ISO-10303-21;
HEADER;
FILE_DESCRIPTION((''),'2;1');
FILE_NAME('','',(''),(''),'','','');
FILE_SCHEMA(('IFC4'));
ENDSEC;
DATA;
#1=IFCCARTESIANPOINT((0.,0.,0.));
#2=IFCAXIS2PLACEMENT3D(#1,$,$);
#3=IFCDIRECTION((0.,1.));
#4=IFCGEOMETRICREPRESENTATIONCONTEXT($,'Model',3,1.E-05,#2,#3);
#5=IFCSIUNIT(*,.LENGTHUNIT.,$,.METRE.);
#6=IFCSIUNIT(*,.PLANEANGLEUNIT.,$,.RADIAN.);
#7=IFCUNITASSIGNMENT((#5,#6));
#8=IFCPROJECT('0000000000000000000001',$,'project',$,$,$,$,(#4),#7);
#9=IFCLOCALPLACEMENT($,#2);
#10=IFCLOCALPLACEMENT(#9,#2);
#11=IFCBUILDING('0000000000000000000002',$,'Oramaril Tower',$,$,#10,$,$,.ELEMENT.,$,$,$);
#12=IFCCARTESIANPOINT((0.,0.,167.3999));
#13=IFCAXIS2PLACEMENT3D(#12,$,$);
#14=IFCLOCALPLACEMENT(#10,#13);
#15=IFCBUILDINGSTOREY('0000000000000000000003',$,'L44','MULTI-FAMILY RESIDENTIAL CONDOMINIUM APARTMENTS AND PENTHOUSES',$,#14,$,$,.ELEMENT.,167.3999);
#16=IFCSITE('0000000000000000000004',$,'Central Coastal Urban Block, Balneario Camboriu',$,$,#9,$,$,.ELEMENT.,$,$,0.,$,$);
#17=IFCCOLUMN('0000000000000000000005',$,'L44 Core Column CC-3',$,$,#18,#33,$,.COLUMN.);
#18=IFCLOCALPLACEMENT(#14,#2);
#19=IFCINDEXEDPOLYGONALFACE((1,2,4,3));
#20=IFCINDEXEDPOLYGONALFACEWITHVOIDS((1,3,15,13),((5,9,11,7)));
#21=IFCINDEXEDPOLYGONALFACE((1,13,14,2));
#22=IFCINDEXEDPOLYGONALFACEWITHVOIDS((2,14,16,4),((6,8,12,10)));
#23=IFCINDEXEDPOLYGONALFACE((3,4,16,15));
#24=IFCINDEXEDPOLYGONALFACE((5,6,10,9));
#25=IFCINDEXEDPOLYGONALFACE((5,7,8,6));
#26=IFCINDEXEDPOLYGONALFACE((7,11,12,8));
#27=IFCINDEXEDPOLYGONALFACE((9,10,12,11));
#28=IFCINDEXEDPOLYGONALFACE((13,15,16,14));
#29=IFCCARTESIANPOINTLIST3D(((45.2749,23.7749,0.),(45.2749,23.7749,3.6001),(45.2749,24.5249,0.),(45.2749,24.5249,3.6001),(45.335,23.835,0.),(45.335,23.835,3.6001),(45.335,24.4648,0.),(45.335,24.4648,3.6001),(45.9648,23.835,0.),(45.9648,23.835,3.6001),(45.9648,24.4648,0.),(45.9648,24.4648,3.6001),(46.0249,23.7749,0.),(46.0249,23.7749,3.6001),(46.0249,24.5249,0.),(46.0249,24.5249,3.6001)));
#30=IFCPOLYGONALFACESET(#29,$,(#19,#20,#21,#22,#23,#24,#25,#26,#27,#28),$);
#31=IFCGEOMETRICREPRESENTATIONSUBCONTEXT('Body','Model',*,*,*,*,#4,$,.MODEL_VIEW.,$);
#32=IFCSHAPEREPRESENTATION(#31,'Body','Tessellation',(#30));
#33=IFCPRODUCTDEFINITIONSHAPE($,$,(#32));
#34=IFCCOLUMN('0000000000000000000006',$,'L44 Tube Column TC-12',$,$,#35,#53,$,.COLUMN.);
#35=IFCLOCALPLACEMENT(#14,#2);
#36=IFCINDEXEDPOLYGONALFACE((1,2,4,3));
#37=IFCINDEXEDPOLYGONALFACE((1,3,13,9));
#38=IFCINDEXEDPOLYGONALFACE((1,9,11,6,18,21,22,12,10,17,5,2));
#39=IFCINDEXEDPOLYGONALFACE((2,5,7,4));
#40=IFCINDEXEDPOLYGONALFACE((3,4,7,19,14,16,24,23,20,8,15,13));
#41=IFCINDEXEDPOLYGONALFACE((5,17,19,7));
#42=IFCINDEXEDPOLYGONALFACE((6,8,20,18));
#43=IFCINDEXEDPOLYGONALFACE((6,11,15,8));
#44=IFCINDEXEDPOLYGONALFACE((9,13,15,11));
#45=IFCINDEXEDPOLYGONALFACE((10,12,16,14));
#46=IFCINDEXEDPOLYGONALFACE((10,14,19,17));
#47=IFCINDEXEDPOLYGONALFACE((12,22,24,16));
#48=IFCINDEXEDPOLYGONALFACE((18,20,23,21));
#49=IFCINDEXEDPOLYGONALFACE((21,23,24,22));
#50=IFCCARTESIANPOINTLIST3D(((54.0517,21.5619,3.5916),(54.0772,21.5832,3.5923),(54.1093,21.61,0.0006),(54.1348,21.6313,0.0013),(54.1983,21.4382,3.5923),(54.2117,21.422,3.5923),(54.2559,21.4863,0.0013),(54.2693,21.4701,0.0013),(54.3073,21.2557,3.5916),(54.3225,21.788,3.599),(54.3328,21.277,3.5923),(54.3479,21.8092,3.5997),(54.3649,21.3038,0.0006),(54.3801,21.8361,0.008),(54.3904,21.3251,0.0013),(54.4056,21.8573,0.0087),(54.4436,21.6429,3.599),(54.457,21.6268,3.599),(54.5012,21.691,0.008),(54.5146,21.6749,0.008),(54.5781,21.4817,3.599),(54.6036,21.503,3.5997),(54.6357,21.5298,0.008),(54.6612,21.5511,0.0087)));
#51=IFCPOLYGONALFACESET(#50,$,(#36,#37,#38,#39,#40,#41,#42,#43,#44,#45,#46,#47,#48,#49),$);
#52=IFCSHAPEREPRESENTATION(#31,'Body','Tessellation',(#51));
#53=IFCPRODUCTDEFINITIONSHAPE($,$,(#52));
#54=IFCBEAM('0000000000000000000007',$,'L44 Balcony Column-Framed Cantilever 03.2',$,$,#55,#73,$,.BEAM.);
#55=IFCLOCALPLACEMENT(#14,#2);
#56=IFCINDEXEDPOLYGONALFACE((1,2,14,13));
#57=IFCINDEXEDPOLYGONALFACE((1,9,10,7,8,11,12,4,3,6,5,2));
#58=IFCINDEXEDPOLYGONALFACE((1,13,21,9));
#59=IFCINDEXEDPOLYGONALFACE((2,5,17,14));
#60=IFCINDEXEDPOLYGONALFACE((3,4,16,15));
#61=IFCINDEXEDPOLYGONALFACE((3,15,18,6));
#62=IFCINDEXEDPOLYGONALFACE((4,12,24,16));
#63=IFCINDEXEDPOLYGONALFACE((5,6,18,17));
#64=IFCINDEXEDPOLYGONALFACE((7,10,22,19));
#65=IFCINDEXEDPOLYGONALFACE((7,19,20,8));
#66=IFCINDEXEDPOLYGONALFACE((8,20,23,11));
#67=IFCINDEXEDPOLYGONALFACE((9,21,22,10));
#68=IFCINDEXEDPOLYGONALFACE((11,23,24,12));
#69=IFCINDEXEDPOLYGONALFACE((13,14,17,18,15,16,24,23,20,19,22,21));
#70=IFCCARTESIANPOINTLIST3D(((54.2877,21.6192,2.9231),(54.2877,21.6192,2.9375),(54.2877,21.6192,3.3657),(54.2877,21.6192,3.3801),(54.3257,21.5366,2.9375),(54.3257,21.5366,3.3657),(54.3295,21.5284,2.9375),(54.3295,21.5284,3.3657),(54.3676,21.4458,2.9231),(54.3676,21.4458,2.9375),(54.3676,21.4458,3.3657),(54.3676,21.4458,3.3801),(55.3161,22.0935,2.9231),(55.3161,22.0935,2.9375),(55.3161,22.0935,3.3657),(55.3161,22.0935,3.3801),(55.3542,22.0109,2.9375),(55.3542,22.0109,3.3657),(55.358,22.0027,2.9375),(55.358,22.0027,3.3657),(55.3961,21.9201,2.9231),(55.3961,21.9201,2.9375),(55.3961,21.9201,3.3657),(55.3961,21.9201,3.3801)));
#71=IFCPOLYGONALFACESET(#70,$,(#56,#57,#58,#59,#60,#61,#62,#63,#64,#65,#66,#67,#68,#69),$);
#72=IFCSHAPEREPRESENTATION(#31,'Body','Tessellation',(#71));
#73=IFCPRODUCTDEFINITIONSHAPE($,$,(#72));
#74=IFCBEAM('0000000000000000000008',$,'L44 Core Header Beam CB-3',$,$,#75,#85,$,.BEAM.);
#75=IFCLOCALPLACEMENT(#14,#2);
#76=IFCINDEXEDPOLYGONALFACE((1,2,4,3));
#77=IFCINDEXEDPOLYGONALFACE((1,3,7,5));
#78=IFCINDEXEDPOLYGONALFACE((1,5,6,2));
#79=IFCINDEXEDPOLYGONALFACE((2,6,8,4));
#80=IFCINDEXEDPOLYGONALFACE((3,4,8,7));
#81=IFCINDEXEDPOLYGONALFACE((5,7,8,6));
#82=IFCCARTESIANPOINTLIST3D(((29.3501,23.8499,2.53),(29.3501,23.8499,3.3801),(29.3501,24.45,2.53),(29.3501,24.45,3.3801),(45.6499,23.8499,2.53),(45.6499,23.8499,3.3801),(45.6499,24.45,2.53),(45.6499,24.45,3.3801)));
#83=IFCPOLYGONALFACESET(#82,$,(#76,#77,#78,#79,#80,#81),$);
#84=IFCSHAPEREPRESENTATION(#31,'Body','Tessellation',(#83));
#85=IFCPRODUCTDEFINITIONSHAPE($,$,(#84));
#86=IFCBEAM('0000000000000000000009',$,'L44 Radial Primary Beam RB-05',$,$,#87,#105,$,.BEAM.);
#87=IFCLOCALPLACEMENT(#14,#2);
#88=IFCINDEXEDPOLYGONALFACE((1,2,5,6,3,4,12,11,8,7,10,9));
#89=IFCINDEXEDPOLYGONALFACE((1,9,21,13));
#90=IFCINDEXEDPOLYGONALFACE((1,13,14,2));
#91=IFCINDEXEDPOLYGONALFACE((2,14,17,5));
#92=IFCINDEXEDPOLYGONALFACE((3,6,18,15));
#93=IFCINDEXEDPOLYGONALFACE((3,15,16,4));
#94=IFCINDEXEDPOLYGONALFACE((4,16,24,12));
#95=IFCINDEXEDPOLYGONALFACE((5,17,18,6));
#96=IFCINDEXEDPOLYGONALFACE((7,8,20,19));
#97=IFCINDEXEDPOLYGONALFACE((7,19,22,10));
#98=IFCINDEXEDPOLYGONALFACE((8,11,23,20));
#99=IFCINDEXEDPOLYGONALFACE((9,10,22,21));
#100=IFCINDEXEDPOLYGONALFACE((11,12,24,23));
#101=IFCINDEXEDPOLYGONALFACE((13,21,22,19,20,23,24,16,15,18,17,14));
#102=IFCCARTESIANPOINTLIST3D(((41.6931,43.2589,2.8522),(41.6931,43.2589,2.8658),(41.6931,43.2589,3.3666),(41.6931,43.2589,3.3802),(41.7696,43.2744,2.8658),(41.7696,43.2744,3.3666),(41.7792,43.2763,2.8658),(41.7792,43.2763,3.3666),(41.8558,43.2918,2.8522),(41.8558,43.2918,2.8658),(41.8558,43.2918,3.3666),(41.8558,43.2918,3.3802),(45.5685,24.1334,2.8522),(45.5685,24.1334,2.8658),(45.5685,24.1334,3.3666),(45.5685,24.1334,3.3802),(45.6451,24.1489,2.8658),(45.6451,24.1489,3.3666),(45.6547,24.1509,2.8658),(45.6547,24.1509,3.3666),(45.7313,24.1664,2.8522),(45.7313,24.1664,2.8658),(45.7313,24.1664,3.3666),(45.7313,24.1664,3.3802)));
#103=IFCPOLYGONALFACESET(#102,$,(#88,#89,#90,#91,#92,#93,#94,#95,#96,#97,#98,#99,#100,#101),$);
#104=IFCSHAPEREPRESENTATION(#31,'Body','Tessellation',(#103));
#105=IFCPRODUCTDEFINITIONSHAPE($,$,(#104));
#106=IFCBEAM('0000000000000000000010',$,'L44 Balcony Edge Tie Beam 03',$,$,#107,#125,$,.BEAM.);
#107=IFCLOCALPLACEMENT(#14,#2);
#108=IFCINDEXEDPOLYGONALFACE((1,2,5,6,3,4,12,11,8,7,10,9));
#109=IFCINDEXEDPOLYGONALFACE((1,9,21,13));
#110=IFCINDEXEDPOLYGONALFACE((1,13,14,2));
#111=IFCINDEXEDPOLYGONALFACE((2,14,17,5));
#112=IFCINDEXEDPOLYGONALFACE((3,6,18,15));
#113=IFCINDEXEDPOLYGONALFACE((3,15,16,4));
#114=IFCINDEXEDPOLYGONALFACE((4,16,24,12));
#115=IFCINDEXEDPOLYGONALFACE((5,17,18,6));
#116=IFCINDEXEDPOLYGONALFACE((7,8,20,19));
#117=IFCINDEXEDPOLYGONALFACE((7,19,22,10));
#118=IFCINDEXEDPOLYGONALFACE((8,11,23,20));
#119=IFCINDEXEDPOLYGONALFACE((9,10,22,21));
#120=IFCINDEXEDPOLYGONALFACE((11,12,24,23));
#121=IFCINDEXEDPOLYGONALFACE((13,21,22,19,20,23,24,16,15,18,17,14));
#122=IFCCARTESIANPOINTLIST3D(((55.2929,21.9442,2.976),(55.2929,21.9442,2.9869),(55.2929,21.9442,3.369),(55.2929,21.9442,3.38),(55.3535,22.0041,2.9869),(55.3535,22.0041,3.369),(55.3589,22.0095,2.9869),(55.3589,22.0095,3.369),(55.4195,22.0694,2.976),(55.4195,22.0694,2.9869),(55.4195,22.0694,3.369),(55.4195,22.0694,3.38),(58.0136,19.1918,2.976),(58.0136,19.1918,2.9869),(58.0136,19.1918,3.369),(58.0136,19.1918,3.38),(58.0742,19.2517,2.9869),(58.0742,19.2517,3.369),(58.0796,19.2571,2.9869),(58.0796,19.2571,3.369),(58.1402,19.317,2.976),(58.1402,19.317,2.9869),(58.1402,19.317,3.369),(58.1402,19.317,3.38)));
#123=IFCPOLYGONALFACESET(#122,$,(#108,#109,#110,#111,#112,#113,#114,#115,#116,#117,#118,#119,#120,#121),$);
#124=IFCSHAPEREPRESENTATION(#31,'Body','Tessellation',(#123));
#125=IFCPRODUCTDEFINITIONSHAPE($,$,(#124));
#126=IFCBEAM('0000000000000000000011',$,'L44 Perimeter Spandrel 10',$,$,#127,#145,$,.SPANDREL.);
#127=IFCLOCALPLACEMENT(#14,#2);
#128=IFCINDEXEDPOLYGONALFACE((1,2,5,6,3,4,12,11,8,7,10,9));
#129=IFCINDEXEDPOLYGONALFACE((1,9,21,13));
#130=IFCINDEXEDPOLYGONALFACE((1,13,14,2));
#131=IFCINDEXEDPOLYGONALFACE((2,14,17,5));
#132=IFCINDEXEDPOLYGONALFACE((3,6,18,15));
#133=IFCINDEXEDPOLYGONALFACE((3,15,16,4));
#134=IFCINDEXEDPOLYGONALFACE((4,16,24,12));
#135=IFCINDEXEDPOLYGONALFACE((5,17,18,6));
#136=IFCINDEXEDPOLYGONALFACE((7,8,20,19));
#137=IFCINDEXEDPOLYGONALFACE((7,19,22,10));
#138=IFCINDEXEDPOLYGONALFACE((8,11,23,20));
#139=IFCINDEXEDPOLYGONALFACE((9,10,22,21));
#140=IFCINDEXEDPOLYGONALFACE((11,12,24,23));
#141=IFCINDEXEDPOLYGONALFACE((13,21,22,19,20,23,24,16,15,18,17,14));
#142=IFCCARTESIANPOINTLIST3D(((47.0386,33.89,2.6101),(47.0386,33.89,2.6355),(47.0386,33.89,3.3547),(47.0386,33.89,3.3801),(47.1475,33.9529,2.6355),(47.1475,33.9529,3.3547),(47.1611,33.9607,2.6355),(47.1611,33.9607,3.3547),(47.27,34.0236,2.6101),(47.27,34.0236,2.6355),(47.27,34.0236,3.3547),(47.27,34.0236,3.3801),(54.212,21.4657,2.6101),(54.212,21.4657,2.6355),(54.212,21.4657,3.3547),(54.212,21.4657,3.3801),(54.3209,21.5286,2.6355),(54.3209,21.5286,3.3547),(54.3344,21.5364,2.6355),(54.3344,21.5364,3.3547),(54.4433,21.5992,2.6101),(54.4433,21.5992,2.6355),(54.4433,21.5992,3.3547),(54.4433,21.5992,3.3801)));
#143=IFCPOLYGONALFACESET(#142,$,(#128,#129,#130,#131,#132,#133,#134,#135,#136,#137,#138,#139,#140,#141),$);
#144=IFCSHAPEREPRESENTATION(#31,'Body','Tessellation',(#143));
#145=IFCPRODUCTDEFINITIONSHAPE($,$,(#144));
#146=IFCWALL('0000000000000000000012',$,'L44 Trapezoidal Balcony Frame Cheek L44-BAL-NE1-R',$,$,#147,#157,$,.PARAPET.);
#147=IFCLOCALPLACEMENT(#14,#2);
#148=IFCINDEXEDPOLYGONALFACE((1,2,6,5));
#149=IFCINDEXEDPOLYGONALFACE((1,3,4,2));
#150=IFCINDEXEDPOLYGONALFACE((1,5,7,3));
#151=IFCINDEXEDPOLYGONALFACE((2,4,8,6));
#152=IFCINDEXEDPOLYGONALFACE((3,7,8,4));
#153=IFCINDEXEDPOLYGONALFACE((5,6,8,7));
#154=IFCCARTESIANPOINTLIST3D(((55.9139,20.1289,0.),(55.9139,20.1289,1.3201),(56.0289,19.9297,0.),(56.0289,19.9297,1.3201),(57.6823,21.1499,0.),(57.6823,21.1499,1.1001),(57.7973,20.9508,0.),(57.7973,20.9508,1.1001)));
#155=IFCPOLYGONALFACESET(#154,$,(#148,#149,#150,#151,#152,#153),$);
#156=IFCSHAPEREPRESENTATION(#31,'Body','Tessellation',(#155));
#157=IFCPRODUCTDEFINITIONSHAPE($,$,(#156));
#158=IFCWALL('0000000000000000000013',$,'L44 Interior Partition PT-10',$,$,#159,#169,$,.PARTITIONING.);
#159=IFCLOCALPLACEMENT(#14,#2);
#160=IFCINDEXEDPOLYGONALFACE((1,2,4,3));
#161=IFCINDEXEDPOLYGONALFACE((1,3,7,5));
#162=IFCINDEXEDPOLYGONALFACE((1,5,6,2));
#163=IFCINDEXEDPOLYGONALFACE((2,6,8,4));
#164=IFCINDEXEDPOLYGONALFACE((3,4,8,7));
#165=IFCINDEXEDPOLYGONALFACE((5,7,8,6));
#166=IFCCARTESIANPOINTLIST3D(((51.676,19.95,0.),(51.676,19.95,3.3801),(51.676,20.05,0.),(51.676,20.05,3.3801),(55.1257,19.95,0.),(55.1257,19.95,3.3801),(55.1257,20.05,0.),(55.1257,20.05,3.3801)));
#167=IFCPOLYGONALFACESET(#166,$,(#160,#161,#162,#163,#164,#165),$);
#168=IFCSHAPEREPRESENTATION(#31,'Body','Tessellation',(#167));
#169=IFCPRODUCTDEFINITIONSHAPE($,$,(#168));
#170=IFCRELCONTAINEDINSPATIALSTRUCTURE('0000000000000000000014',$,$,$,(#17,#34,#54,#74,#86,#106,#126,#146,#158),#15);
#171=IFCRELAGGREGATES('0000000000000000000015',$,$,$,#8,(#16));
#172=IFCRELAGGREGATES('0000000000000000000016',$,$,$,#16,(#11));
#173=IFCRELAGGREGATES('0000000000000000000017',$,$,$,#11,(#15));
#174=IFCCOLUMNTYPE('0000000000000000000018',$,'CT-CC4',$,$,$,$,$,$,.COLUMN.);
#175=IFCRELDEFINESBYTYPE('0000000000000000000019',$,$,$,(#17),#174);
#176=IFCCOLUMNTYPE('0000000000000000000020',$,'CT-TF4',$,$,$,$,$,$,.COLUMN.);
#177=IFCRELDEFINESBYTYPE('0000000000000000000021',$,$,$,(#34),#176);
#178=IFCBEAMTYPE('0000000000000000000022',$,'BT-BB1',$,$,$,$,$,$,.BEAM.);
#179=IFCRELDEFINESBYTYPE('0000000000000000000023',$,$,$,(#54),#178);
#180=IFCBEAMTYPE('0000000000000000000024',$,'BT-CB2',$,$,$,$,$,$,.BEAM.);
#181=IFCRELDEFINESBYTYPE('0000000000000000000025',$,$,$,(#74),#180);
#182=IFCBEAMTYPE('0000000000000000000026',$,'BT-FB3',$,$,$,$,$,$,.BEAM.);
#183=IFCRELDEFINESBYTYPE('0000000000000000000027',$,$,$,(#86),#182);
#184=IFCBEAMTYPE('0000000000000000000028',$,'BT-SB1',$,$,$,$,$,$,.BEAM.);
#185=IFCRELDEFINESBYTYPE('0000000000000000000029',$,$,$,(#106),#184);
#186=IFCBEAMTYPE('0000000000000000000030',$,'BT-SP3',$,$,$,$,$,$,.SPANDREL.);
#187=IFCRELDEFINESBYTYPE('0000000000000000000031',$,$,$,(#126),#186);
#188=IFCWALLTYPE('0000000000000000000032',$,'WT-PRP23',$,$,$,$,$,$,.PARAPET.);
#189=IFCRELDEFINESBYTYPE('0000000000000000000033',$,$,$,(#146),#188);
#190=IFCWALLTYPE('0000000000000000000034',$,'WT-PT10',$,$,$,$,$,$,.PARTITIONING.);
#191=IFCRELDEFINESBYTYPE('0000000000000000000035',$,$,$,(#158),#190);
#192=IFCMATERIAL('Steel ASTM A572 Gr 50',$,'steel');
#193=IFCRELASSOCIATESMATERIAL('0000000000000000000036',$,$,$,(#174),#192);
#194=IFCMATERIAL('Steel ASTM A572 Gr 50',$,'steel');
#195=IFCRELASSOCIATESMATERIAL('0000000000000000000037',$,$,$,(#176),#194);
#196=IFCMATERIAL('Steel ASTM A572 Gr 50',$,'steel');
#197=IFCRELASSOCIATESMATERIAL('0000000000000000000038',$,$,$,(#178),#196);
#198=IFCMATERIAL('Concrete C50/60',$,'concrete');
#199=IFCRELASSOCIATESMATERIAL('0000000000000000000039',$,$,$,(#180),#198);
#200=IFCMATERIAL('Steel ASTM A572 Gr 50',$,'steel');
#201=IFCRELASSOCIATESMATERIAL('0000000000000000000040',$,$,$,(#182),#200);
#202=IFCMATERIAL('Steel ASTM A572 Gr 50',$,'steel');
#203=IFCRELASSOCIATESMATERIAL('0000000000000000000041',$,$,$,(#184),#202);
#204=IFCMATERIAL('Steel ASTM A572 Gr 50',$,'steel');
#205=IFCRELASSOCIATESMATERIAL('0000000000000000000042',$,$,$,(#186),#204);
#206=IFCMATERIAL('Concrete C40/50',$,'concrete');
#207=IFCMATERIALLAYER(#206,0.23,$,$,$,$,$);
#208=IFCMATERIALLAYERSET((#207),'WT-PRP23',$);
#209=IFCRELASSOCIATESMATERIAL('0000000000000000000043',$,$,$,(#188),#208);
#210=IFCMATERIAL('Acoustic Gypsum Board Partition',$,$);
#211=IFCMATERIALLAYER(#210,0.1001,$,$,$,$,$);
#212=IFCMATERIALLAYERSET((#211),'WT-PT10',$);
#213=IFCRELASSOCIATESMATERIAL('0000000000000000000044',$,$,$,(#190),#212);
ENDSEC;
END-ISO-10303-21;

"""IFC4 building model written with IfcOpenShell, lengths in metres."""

from ifc_helpers import new_model, si_unit, direction, frame, frame_2d, origin, origin_2d, place, context, subcontext, project, spatial, polyline, rectangle, hollow_rectangle, i_section, outline, extrude, material, layer, layer_set, material_profile, profile_set, type_object, element, save


model = new_model("IFC4")

# Units and contexts
model_context = context("Model", 3, precision=1e-05, world=origin(), true_north=direction((0.0, 1.0)))
body_context = subcontext(model_context, "Body", "Model", "MODEL_VIEW")
ifc_project = project(units=[si_unit("LENGTHUNIT", "METRE"), si_unit("PLANEANGLEUNIT", "RADIAN")], contexts=[model_context])

# Site, building, storey
site_placement = place(None, origin())
site = spatial("IfcSite", under=ifc_project, at=site_placement, Name="Central Coastal Urban Block, Balneario Camboriu", CompositionType="ELEMENT", RefElevation=0.0)
building_placement = place(site_placement, origin())
building = spatial("IfcBuilding", under=site, at=building_placement, Name="Oramaril Tower", CompositionType="ELEMENT")
storey_placement = place(building_placement, frame((0.0, 0.0, 167.3999)))
storey = spatial("IfcBuildingStorey", under=building, at=storey_placement, Name="L44", Description="MULTI-FAMILY RESIDENTIAL CONDOMINIUM APARTMENTS AND PENTHOUSES", CompositionType="ELEMENT", Elevation=167.3999)

# Columns
ifc_material_1 = material(Name="Steel ASTM A572 Gr 50", Category="steel")
ifc_material_profile_1 = material_profile(ifc_material_1, hollow_rectangle(XDim=0.75, YDim=0.75, WallThickness=0.0601, at=origin_2d()), Name="BOX750X750X60")
ifc_profile_set_1 = profile_set([ifc_material_profile_1], Name="Steel ASTM A572 Gr 50")
column_type_1 = type_object("IfcColumnType", Name="CT-CC4", PredefinedType="COLUMN", material=ifc_profile_set_1)
column_1_placement = place(storey_placement, frame((45.6499, 24.1499, 0.0), z_axis=(0.0, 0.0, 1.0), x_axis=(1.0, 0.0, 0.0)))
element("IfcColumn", 1, at=column_1_placement, inside=storey, type_object=column_type_1, Name="L44 Core Column CC-3", PredefinedType="COLUMN", context=body_context, shape_type="SweptSolid", body=[
    extrude(hollow_rectangle(XDim=0.75, YDim=0.75, WallThickness=0.0601, at=origin_2d()), origin(), (0.0, 0.0, 1.0), 3.6001),
])
ifc_material_2 = material(Name="Steel ASTM A572 Gr 50", Category="steel")
ifc_material_profile_2 = material_profile(ifc_material_2, i_section(OverallWidth=0.3989, OverallDepth=0.386, WebThickness=0.021, FlangeThickness=0.0332, at=origin_2d()), Name="W14X176")
ifc_profile_set_2 = profile_set([ifc_material_profile_2], Name="Steel ASTM A572 Gr 50")
column_type_2 = type_object("IfcColumnType", Name="CT-TF4", PredefinedType="COLUMN", material=ifc_profile_set_2)
column_2_placement = place(storey_placement, frame((54.3853, 21.5806, 0.0046), z_axis=(-0.016041, -0.01339, 0.999782), x_axis=(0.640824, -0.767688, 0.0)))
element("IfcColumn", 2, at=column_2_placement, inside=storey, type_object=column_type_2, Name="L44 Tube Column TC-12", PredefinedType="COLUMN", context=body_context, shape_type="SweptSolid", body=[
    extrude(i_section(OverallWidth=0.3989, OverallDepth=0.386, WebThickness=0.021, FlangeThickness=0.0332, at=origin_2d()), origin(), (0.0, 0.0, 1.0), 3.5918),
])

# Beams
ifc_material_3 = material(Name="Steel ASTM A572 Gr 50", Category="steel")
ifc_material_profile_3 = material_profile(ifc_material_3, i_section(OverallWidth=0.1909, OverallDepth=0.457, WebThickness=0.009, FlangeThickness=0.0144, at=origin_2d()), Name="W18X50")
ifc_profile_set_3 = profile_set([ifc_material_profile_3], Name="Steel ASTM A572 Gr 50")
beam_type_1 = type_object("IfcBeamType", Name="BT-BB1", PredefinedType="BEAM", material=ifc_profile_set_3)
beam_1_placement = place(storey_placement, frame((54.3276, 21.5325, 3.1516), z_axis=(0.908079, 0.418798, 0.0), x_axis=(-0.418798, 0.908079, 0.0)))
element("IfcBeam", 3, at=beam_1_placement, inside=storey, type_object=beam_type_1, Name="L44 Balcony Column-Framed Cantilever 03.2", PredefinedType="BEAM", context=body_context, shape_type="SweptSolid", body=[
    extrude(i_section(OverallWidth=0.1909, OverallDepth=0.457, WebThickness=0.009, FlangeThickness=0.0144, at=origin_2d()), origin(), (0.0, 0.0, 1.0), 1.1326),
])
ifc_material_4 = material(Name="Concrete C50/60", Category="concrete")
ifc_material_profile_4 = material_profile(ifc_material_4, rectangle(XDim=0.6001, YDim=0.8501, at=origin_2d()), Name="CB600X850")
ifc_profile_set_4 = profile_set([ifc_material_profile_4], Name="Concrete C50/60")
beam_type_2 = type_object("IfcBeamType", Name="BT-CB2", PredefinedType="BEAM", material=ifc_profile_set_4)
beam_2_placement = place(storey_placement, frame((45.6499, 24.1499, 2.9551), z_axis=(-1.0, 0.0, 0.0), x_axis=(0.0, -1.0, 0.0)))
element("IfcBeam", 4, at=beam_2_placement, inside=storey, type_object=beam_type_2, Name="L44 Core Header Beam CB-3", PredefinedType="BEAM", context=body_context, shape_type="SweptSolid", body=[
    extrude(rectangle(XDim=0.6001, YDim=0.8501, at=origin_2d()), origin(), (0.0, 0.0, 1.0), 16.2998),
])
ifc_material_5 = material(Name="Steel ASTM A572 Gr 50", Category="steel")
ifc_material_profile_5 = material_profile(ifc_material_5, i_section(OverallWidth=0.166, OverallDepth=0.5281, WebThickness=0.0098, FlangeThickness=0.0137, at=origin_2d()), Name="W21X50")
ifc_profile_set_5 = profile_set([ifc_material_profile_5], Name="Steel ASTM A572 Gr 50")
beam_type_3 = type_object("IfcBeamType", Name="BT-FB3", PredefinedType="BEAM", material=ifc_profile_set_5)
beam_3_placement = place(storey_placement, frame((45.6499, 24.1499, 3.1162), z_axis=(-0.198598, 0.980081, 0.0), x_axis=(-0.980081, -0.198598, 0.0)))
element("IfcBeam", 5, at=beam_3_placement, inside=storey, type_object=beam_type_3, Name="L44 Radial Primary Beam RB-05", PredefinedType="BEAM", context=body_context, shape_type="SweptSolid", body=[
    extrude(i_section(OverallWidth=0.166, OverallDepth=0.5281, WebThickness=0.0098, FlangeThickness=0.0137, at=origin_2d()), origin(), (0.0, 0.0, 1.0), 19.5142),
])
ifc_material_6 = material(Name="Steel ASTM A572 Gr 50", Category="steel")
ifc_material_profile_6 = material_profile(ifc_material_6, i_section(OverallWidth=0.178, OverallDepth=0.4041, WebThickness=0.0076, FlangeThickness=0.011, at=origin_2d()), Name="W16X36")
ifc_profile_set_6 = profile_set([ifc_material_profile_6], Name="Steel ASTM A572 Gr 50")
beam_type_4 = type_object("IfcBeamType", Name="BT-SB1", PredefinedType="BEAM", material=ifc_profile_set_6)
beam_4_placement = place(storey_placement, frame((58.0769, 19.2544, 3.178), z_axis=(-0.702995, 0.711195, 0.0), x_axis=(-0.711195, -0.702995, 0.0)))
element("IfcBeam", 6, at=beam_4_placement, inside=storey, type_object=beam_type_4, Name="L44 Balcony Edge Tie Beam 03", PredefinedType="BEAM", context=body_context, shape_type="SweptSolid", body=[
    extrude(i_section(OverallWidth=0.178, OverallDepth=0.4041, WebThickness=0.0076, FlangeThickness=0.011, at=origin_2d()), origin(), (0.0, 0.0, 1.0), 3.8701),
])
ifc_material_7 = material(Name="Steel ASTM A572 Gr 50", Category="steel")
ifc_material_profile_7 = material_profile(ifc_material_7, i_section(OverallWidth=0.2671, OverallDepth=0.77, WebThickness=0.0156, FlangeThickness=0.0254, at=origin_2d()), Name="W30X132")
ifc_profile_set_7 = profile_set([ifc_material_profile_7], Name="Steel ASTM A572 Gr 50")
beam_type_5 = type_object("IfcBeamType", Name="BT-SP3", PredefinedType="SPANDREL", material=ifc_profile_set_7)
beam_5_placement = place(storey_placement, frame((54.3276, 21.5325, 2.9951), z_axis=(-0.500008, 0.866021, 0.0), x_axis=(-0.866021, -0.500008, 0.0)))
element("IfcBeam", 7, at=beam_5_placement, inside=storey, type_object=beam_type_5, Name="L44 Perimeter Spandrel 10", PredefinedType="SPANDREL", context=body_context, shape_type="SweptSolid", body=[
    extrude(i_section(OverallWidth=0.2671, OverallDepth=0.77, WebThickness=0.0156, FlangeThickness=0.0254, at=origin_2d()), origin(), (0.0, 0.0, 1.0), 14.3464),
])

# Walls
ifc_material_8 = material(Name="Concrete C40/50", Category="concrete")
ifc_layer_1 = layer(ifc_material_8, 0.23)
ifc_layer_set_1 = layer_set([ifc_layer_1], Name="WT-PRP23")
wall_type_1 = type_object("IfcWallType", Name="WT-PRP23", PredefinedType="PARAPET", material=ifc_layer_set_1)
wall_1_placement = place(storey_placement, frame((55.9714, 20.0293, 0.0), z_axis=(0.0, 0.0, 1.0), x_axis=(0.866012, 0.500023, 0.0)))
element("IfcWall", 8, at=wall_1_placement, inside=storey, type_object=wall_type_1, Name="L44 Trapezoidal Balcony Frame Cheek L44-BAL-NE1-R", PredefinedType="PARAPET", context=body_context, shape_type="SweptSolid", body=[
    extrude(outline(polyline([(0.0, 0.0), (2.042, 0.0), (2.042, 1.1001), (0.0, 1.3201), (0.0, 0.0)])), frame((0.0, 0.115, 0.0), z_axis=(0.0, -1.0, 0.0), x_axis=(1.0, 0.0, 0.0)), (0.0, 0.0, 1.0), 0.23),
])
ifc_material_9 = material(Name="Acoustic Gypsum Board Partition")
ifc_layer_2 = layer(ifc_material_9, 0.1001)
ifc_layer_set_2 = layer_set([ifc_layer_2], Name="WT-PT10")
wall_type_2 = type_object("IfcWallType", Name="WT-PT10", PredefinedType="PARTITIONING", material=ifc_layer_set_2)
wall_2_placement = place(storey_placement, frame((51.676, 20.0, 0.0), z_axis=(0.0, 0.0, 1.0), x_axis=(1.0, 0.0, 0.0)))
element("IfcWall", 9, at=wall_2_placement, inside=storey, type_object=wall_type_2, Name="L44 Interior Partition PT-10", PredefinedType="PARTITIONING", context=body_context, shape_type="SweptSolid", body=[
    extrude(rectangle(XDim=3.4497, YDim=0.1001, at=frame_2d((1.7249, 0.0))), origin(), (0.0, 0.0, 1.0), 3.3801),
])

save(model, "model.ifc")
